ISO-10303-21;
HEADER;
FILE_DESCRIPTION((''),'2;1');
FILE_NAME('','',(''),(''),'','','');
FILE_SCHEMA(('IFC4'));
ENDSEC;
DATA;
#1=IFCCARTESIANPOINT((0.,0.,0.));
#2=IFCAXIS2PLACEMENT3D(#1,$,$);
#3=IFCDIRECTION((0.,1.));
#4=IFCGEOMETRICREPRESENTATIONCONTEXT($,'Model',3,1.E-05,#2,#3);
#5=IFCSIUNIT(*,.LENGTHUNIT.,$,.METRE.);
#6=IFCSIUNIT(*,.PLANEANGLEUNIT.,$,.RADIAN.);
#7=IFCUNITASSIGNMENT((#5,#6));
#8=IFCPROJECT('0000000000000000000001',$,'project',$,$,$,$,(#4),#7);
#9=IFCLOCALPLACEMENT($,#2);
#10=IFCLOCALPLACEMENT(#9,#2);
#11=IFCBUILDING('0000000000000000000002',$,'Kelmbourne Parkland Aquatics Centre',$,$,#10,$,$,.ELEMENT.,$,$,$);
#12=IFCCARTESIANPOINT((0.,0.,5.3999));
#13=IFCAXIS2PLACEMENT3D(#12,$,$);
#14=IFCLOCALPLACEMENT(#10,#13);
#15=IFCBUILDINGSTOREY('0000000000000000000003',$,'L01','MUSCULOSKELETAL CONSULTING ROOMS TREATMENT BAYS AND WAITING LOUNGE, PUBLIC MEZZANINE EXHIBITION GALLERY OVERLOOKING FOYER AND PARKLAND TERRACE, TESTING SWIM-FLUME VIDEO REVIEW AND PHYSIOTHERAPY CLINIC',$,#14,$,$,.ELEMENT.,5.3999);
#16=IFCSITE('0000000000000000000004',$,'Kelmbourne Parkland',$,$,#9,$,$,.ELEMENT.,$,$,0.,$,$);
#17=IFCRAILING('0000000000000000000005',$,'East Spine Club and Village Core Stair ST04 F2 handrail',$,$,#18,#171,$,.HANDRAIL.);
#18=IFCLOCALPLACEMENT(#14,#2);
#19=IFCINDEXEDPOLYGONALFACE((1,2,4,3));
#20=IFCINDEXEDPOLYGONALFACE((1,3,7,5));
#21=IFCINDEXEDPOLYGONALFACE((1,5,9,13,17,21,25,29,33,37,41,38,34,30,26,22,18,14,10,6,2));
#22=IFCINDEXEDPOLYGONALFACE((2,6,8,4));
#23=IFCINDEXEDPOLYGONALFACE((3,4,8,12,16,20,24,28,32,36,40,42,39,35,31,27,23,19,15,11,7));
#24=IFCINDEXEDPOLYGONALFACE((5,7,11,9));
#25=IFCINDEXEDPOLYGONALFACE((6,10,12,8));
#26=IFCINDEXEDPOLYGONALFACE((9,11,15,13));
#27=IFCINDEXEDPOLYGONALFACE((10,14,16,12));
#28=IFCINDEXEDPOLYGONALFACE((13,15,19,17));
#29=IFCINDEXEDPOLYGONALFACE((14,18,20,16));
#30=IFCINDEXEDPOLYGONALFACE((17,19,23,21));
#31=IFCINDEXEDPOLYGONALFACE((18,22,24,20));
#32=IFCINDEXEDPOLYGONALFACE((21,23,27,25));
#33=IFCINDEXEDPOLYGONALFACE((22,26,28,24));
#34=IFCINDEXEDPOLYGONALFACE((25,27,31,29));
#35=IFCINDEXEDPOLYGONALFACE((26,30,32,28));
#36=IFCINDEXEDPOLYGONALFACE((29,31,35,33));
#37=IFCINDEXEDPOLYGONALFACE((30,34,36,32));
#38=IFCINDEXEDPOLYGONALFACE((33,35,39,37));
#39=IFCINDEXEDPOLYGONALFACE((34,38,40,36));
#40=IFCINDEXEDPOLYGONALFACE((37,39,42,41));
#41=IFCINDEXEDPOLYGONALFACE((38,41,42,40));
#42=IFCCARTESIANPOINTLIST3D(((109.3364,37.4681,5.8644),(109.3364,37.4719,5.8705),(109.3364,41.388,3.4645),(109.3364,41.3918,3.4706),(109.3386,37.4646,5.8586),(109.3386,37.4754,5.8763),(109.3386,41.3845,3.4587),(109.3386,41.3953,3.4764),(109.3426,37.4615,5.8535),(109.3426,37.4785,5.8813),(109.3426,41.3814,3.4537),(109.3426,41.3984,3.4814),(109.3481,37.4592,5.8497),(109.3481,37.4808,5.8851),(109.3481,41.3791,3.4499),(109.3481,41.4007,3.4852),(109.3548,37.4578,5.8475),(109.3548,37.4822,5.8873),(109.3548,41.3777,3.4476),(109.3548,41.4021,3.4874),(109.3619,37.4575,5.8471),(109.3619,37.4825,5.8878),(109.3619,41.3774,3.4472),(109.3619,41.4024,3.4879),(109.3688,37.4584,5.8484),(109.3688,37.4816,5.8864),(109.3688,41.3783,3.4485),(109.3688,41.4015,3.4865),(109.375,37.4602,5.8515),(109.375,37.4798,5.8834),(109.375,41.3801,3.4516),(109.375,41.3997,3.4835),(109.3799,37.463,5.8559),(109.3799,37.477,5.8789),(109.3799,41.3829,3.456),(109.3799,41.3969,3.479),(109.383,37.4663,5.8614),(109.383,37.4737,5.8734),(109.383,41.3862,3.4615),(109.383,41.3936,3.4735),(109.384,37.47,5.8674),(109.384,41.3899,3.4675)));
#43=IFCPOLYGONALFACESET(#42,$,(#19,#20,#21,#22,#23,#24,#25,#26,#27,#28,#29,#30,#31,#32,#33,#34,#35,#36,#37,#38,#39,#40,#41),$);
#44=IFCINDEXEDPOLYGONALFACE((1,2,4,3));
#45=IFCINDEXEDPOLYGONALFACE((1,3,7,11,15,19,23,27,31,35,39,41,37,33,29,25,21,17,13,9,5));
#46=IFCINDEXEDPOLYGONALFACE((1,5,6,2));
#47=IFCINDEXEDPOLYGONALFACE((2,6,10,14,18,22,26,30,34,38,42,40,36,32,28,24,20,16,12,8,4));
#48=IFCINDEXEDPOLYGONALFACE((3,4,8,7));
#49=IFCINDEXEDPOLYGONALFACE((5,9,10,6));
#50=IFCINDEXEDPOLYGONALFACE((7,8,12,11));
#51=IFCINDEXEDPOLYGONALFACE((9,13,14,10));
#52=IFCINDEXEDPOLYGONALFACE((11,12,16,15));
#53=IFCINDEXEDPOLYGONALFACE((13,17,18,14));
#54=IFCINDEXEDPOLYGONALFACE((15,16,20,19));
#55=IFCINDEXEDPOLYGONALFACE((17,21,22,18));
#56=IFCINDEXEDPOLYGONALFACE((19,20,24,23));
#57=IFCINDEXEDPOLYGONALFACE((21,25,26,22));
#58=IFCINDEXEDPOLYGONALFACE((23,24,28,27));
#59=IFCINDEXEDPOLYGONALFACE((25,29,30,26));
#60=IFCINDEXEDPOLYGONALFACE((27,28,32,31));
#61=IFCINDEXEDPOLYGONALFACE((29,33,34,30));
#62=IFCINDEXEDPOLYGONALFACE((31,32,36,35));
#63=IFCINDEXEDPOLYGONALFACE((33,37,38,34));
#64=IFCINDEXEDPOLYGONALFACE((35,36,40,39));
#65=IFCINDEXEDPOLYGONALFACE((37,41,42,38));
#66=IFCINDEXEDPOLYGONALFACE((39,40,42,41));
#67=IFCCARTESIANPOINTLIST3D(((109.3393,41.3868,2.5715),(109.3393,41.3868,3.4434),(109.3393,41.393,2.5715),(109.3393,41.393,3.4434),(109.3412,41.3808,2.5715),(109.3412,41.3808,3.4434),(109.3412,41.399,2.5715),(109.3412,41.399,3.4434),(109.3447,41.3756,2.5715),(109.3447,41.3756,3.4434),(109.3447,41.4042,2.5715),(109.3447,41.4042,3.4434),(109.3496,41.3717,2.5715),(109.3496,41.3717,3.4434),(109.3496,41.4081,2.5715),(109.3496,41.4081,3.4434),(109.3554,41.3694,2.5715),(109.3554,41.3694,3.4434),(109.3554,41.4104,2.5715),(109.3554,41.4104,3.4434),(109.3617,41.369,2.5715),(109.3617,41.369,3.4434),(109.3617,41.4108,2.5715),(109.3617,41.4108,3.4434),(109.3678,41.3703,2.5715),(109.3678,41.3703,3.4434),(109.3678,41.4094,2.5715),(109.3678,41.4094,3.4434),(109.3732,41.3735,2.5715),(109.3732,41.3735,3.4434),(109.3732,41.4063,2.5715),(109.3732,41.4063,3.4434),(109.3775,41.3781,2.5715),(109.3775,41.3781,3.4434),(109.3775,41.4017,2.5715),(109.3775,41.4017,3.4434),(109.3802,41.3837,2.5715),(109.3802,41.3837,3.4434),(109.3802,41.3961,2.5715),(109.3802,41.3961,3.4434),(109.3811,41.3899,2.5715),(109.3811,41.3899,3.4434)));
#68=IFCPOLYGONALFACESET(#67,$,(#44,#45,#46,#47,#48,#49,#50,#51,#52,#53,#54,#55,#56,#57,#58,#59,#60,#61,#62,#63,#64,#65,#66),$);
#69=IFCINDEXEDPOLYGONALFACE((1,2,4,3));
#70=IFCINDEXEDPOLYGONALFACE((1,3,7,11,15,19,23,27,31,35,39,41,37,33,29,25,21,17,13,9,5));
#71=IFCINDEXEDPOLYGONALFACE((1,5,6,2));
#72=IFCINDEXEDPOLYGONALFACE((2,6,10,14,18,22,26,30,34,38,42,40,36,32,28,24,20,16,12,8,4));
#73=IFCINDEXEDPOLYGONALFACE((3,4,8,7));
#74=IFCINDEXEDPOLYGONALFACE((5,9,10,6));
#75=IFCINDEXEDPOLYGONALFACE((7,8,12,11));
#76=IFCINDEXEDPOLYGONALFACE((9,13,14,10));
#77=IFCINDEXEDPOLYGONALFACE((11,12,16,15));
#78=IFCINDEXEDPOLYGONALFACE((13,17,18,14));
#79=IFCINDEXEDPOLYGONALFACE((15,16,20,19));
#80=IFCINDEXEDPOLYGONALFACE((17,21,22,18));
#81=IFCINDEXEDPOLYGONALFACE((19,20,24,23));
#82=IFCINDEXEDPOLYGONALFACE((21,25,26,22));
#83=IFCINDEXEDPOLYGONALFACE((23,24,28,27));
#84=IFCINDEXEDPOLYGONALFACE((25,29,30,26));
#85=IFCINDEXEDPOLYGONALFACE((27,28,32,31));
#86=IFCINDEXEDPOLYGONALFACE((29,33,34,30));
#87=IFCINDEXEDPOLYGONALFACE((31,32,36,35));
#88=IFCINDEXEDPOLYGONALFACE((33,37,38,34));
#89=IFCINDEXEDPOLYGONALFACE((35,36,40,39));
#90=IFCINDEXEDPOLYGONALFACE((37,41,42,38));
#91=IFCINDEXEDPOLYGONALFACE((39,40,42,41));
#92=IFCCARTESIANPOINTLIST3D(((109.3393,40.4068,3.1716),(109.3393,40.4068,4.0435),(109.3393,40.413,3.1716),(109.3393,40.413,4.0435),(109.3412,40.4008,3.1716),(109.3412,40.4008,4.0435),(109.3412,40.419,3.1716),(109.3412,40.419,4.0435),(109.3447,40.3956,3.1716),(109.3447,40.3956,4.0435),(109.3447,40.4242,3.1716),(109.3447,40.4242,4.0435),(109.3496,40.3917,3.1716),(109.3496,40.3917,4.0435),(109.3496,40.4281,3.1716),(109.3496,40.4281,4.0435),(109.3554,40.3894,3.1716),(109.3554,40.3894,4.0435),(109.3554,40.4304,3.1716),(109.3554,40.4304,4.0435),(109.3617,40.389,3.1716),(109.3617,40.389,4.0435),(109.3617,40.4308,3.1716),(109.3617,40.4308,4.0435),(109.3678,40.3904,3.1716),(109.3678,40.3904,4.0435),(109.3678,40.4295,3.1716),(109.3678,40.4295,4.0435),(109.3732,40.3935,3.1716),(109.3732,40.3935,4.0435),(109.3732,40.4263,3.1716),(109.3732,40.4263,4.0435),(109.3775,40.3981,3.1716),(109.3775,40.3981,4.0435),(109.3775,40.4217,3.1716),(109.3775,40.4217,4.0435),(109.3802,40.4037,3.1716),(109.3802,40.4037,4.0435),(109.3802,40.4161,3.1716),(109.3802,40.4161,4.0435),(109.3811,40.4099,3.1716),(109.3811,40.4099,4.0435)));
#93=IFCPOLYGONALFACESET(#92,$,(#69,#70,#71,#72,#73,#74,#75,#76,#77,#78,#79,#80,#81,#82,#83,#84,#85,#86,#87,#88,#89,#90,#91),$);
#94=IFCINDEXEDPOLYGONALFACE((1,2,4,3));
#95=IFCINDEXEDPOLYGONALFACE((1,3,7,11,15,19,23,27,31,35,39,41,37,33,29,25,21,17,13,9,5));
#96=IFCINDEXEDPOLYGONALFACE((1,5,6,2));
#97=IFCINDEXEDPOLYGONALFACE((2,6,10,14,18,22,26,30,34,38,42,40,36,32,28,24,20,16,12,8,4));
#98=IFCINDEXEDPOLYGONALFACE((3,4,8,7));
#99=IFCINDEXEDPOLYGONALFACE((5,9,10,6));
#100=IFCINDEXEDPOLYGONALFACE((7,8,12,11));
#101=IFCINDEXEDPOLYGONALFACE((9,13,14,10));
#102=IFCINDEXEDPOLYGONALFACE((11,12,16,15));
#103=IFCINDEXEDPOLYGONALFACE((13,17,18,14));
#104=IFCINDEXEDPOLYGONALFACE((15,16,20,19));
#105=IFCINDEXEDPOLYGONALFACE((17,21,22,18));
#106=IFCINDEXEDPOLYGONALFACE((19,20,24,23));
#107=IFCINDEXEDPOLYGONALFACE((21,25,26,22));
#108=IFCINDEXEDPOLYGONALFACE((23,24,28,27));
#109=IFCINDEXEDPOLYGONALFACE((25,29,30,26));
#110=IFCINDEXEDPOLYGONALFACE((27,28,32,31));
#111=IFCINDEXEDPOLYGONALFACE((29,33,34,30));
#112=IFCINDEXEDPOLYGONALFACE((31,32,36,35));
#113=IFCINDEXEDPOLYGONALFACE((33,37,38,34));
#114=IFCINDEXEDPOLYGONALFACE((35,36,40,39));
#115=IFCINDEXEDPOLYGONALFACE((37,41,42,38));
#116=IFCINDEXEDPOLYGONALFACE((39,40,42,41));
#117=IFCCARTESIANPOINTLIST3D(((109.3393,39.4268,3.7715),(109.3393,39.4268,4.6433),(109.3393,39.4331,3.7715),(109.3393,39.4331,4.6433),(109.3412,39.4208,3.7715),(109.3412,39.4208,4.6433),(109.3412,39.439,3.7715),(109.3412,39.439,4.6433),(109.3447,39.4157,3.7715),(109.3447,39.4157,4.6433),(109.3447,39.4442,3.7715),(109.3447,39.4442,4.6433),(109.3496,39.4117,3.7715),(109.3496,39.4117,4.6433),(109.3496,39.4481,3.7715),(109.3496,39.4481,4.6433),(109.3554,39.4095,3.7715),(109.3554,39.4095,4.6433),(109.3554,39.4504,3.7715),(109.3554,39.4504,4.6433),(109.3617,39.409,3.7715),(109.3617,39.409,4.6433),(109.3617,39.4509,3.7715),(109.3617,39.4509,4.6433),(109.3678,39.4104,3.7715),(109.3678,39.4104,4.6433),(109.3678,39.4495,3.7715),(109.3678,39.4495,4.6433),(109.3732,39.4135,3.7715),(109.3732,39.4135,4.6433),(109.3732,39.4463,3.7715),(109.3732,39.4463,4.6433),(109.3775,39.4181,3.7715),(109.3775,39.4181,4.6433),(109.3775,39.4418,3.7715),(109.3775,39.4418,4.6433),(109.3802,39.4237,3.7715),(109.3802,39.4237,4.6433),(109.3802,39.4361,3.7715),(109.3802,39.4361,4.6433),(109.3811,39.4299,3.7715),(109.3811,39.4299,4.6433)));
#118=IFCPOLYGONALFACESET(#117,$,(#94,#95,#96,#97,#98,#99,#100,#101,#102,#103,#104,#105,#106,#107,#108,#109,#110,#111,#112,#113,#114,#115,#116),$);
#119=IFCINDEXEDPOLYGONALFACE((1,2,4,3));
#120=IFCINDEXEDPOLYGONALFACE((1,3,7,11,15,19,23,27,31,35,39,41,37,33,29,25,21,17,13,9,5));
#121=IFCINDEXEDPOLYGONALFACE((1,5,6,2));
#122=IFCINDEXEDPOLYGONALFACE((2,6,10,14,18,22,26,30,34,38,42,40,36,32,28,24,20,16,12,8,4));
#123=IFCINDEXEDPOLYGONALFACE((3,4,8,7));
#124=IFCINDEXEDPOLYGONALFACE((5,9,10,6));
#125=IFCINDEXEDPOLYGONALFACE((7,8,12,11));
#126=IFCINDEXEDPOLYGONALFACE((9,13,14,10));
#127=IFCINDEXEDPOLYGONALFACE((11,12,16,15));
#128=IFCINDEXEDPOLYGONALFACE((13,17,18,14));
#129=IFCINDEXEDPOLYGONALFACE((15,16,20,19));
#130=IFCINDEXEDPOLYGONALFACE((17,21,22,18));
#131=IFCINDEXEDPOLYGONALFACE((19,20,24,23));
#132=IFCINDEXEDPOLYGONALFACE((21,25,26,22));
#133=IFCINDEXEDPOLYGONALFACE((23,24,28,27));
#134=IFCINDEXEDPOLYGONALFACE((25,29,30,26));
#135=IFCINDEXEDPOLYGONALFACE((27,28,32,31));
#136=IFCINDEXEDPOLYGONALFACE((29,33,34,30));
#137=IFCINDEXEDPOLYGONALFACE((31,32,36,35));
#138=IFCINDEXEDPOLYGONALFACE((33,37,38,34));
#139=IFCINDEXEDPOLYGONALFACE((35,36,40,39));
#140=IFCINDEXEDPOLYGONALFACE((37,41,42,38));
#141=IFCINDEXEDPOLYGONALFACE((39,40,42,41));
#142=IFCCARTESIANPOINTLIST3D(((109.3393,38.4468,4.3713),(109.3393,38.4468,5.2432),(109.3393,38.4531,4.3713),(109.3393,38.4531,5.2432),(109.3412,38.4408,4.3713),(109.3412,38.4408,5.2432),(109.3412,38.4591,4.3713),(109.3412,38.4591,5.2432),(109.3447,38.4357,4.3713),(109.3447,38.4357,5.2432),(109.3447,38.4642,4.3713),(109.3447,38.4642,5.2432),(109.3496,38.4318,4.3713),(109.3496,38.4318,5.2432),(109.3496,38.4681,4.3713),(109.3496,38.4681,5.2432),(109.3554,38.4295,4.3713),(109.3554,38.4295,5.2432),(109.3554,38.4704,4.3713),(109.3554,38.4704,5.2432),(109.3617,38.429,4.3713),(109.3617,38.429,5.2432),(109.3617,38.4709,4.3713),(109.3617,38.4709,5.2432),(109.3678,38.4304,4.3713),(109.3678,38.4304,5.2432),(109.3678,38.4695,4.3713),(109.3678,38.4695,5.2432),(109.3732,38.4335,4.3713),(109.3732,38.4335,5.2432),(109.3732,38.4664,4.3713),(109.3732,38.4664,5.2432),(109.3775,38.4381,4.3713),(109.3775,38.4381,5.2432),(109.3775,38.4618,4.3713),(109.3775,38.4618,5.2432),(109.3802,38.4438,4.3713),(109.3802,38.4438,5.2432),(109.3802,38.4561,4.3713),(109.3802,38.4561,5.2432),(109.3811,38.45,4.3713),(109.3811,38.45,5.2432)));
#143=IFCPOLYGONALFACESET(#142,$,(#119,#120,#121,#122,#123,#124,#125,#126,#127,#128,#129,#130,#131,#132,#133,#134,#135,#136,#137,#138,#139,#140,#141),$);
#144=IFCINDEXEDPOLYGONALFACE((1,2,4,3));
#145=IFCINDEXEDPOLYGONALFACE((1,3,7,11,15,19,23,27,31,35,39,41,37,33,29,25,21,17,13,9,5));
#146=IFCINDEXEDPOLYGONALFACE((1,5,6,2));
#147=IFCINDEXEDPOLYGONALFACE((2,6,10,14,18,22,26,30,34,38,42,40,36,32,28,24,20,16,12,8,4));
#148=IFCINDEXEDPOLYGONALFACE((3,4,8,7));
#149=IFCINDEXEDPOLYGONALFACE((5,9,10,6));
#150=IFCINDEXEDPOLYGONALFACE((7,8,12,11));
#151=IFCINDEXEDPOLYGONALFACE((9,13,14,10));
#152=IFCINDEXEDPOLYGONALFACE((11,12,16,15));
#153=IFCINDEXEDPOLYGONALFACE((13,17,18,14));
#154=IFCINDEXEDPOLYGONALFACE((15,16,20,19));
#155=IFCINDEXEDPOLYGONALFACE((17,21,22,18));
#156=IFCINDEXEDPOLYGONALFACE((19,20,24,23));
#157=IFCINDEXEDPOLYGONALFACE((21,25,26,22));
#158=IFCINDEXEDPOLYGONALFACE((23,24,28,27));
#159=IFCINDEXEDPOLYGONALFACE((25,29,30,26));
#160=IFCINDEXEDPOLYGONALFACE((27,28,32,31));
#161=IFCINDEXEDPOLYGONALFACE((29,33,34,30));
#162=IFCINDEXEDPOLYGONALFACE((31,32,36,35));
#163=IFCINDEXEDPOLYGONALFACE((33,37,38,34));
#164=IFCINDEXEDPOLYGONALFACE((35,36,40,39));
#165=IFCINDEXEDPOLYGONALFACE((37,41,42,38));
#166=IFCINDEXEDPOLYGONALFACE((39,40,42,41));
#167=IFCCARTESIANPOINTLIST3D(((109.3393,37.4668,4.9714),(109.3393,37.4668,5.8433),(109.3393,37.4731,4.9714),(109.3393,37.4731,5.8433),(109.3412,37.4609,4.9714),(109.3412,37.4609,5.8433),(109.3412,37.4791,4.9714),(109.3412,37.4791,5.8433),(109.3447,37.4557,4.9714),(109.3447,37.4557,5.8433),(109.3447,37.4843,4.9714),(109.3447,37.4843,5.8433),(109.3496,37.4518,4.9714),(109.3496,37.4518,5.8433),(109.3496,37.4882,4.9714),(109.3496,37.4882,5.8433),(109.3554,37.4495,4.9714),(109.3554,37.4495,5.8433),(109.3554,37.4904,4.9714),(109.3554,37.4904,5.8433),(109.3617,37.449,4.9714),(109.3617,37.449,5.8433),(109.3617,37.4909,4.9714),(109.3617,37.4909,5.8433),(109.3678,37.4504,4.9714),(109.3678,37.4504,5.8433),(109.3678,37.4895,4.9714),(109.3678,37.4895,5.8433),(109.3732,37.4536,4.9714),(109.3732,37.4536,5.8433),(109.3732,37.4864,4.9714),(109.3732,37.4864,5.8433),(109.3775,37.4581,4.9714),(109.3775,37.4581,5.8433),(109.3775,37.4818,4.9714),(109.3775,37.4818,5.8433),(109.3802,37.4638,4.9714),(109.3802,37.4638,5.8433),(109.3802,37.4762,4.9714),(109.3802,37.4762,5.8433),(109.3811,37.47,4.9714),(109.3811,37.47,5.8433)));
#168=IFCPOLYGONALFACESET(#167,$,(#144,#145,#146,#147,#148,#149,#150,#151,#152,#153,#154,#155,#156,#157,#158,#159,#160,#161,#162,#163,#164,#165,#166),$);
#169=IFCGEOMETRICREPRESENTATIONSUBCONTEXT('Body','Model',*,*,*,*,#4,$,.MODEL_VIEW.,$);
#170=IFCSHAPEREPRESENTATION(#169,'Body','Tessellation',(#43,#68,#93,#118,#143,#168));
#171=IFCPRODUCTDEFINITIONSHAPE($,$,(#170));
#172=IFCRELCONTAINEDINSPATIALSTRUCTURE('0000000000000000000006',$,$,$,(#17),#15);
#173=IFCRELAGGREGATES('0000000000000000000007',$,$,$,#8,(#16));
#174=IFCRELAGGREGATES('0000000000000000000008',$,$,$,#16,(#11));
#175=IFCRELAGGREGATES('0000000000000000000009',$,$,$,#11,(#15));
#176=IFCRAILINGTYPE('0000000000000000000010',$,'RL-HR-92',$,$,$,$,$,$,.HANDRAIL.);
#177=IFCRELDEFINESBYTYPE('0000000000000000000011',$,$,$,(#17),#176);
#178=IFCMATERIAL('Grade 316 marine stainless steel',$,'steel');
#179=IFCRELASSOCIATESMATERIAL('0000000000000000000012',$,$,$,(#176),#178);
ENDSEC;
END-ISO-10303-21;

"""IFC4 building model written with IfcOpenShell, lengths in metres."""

from ifc_helpers import new_model, si_unit, direction, frame, origin, origin_2d, place, context, subcontext, project, spatial, circle, extrude, material, type_object, element, save


model = new_model("IFC4")

# Units and contexts
model_context = context("Model", 3, precision=1e-05, world=origin(), true_north=direction((0.0, 1.0)))
body_context = subcontext(model_context, "Body", "Model", "MODEL_VIEW")
ifc_project = project(units=[si_unit("LENGTHUNIT", "METRE"), si_unit("PLANEANGLEUNIT", "RADIAN")], contexts=[model_context])

# Site, building, storey
site_placement = place(None, origin())
site = spatial("IfcSite", under=ifc_project, at=site_placement, Name="Kelmbourne Parkland", CompositionType="ELEMENT", RefElevation=0.0)
building_placement = place(site_placement, origin())
building = spatial("IfcBuilding", under=site, at=building_placement, Name="Kelmbourne Parkland Aquatics Centre", CompositionType="ELEMENT")
storey_placement = place(building_placement, frame((0.0, 0.0, 5.3999)))
storey = spatial("IfcBuildingStorey", under=building, at=storey_placement, Name="L01", Description="MUSCULOSKELETAL CONSULTING ROOMS TREATMENT BAYS AND WAITING LOUNGE, PUBLIC MEZZANINE EXHIBITION GALLERY OVERLOOKING FOYER AND PARKLAND TERRACE, TESTING SWIM-FLUME VIDEO REVIEW AND PHYSIOTHERAPY CLINIC", CompositionType="ELEMENT", Elevation=5.3999)

# Railing
ifc_material_1 = material(Name="Grade 316 marine stainless steel", Category="steel")
railing_type_1 = type_object("IfcRailingType", Name="RL-HR-92", PredefinedType="HANDRAIL", material=ifc_material_1)
railing_1_placement = place(storey_placement, frame((109.3601, 41.3899, 2.5715)))
element("IfcRailing", 1, at=railing_1_placement, inside=storey, type_object=railing_type_1, Name="East Spine Club and Village Core Stair ST04 F2 handrail", PredefinedType="HANDRAIL", context=body_context, shape_type="SweptSolid", body=[
    extrude(circle(Radius=0.0239, at=origin_2d()), frame((0.0, 0.0, 0.896), z_axis=(0.0, -0.852856, 0.522146), x_axis=(1.0, 0.0, 0.0)), (0.0, 0.0, 1.0), 4.5962),
    extrude(circle(Radius=0.021, at=origin_2d()), origin(), (0.0, 0.0, 1.0), 0.8718),
    extrude(circle(Radius=0.021, at=origin_2d()), frame((0.0, -0.98, 0.6001)), (0.0, 0.0, 1.0), 0.8718),
    extrude(circle(Radius=0.021, at=origin_2d()), frame((0.0, -1.96, 1.2)), (0.0, 0.0, 1.0), 0.8718),
    extrude(circle(Radius=0.021, at=origin_2d()), frame((0.0, -2.9399, 1.7998)), (0.0, 0.0, 1.0), 0.8718),
    extrude(circle(Radius=0.021, at=origin_2d()), frame((0.0, -3.9199, 2.3999)), (0.0, 0.0, 1.0), 0.8718),
])

save(model, "model.ifc")
